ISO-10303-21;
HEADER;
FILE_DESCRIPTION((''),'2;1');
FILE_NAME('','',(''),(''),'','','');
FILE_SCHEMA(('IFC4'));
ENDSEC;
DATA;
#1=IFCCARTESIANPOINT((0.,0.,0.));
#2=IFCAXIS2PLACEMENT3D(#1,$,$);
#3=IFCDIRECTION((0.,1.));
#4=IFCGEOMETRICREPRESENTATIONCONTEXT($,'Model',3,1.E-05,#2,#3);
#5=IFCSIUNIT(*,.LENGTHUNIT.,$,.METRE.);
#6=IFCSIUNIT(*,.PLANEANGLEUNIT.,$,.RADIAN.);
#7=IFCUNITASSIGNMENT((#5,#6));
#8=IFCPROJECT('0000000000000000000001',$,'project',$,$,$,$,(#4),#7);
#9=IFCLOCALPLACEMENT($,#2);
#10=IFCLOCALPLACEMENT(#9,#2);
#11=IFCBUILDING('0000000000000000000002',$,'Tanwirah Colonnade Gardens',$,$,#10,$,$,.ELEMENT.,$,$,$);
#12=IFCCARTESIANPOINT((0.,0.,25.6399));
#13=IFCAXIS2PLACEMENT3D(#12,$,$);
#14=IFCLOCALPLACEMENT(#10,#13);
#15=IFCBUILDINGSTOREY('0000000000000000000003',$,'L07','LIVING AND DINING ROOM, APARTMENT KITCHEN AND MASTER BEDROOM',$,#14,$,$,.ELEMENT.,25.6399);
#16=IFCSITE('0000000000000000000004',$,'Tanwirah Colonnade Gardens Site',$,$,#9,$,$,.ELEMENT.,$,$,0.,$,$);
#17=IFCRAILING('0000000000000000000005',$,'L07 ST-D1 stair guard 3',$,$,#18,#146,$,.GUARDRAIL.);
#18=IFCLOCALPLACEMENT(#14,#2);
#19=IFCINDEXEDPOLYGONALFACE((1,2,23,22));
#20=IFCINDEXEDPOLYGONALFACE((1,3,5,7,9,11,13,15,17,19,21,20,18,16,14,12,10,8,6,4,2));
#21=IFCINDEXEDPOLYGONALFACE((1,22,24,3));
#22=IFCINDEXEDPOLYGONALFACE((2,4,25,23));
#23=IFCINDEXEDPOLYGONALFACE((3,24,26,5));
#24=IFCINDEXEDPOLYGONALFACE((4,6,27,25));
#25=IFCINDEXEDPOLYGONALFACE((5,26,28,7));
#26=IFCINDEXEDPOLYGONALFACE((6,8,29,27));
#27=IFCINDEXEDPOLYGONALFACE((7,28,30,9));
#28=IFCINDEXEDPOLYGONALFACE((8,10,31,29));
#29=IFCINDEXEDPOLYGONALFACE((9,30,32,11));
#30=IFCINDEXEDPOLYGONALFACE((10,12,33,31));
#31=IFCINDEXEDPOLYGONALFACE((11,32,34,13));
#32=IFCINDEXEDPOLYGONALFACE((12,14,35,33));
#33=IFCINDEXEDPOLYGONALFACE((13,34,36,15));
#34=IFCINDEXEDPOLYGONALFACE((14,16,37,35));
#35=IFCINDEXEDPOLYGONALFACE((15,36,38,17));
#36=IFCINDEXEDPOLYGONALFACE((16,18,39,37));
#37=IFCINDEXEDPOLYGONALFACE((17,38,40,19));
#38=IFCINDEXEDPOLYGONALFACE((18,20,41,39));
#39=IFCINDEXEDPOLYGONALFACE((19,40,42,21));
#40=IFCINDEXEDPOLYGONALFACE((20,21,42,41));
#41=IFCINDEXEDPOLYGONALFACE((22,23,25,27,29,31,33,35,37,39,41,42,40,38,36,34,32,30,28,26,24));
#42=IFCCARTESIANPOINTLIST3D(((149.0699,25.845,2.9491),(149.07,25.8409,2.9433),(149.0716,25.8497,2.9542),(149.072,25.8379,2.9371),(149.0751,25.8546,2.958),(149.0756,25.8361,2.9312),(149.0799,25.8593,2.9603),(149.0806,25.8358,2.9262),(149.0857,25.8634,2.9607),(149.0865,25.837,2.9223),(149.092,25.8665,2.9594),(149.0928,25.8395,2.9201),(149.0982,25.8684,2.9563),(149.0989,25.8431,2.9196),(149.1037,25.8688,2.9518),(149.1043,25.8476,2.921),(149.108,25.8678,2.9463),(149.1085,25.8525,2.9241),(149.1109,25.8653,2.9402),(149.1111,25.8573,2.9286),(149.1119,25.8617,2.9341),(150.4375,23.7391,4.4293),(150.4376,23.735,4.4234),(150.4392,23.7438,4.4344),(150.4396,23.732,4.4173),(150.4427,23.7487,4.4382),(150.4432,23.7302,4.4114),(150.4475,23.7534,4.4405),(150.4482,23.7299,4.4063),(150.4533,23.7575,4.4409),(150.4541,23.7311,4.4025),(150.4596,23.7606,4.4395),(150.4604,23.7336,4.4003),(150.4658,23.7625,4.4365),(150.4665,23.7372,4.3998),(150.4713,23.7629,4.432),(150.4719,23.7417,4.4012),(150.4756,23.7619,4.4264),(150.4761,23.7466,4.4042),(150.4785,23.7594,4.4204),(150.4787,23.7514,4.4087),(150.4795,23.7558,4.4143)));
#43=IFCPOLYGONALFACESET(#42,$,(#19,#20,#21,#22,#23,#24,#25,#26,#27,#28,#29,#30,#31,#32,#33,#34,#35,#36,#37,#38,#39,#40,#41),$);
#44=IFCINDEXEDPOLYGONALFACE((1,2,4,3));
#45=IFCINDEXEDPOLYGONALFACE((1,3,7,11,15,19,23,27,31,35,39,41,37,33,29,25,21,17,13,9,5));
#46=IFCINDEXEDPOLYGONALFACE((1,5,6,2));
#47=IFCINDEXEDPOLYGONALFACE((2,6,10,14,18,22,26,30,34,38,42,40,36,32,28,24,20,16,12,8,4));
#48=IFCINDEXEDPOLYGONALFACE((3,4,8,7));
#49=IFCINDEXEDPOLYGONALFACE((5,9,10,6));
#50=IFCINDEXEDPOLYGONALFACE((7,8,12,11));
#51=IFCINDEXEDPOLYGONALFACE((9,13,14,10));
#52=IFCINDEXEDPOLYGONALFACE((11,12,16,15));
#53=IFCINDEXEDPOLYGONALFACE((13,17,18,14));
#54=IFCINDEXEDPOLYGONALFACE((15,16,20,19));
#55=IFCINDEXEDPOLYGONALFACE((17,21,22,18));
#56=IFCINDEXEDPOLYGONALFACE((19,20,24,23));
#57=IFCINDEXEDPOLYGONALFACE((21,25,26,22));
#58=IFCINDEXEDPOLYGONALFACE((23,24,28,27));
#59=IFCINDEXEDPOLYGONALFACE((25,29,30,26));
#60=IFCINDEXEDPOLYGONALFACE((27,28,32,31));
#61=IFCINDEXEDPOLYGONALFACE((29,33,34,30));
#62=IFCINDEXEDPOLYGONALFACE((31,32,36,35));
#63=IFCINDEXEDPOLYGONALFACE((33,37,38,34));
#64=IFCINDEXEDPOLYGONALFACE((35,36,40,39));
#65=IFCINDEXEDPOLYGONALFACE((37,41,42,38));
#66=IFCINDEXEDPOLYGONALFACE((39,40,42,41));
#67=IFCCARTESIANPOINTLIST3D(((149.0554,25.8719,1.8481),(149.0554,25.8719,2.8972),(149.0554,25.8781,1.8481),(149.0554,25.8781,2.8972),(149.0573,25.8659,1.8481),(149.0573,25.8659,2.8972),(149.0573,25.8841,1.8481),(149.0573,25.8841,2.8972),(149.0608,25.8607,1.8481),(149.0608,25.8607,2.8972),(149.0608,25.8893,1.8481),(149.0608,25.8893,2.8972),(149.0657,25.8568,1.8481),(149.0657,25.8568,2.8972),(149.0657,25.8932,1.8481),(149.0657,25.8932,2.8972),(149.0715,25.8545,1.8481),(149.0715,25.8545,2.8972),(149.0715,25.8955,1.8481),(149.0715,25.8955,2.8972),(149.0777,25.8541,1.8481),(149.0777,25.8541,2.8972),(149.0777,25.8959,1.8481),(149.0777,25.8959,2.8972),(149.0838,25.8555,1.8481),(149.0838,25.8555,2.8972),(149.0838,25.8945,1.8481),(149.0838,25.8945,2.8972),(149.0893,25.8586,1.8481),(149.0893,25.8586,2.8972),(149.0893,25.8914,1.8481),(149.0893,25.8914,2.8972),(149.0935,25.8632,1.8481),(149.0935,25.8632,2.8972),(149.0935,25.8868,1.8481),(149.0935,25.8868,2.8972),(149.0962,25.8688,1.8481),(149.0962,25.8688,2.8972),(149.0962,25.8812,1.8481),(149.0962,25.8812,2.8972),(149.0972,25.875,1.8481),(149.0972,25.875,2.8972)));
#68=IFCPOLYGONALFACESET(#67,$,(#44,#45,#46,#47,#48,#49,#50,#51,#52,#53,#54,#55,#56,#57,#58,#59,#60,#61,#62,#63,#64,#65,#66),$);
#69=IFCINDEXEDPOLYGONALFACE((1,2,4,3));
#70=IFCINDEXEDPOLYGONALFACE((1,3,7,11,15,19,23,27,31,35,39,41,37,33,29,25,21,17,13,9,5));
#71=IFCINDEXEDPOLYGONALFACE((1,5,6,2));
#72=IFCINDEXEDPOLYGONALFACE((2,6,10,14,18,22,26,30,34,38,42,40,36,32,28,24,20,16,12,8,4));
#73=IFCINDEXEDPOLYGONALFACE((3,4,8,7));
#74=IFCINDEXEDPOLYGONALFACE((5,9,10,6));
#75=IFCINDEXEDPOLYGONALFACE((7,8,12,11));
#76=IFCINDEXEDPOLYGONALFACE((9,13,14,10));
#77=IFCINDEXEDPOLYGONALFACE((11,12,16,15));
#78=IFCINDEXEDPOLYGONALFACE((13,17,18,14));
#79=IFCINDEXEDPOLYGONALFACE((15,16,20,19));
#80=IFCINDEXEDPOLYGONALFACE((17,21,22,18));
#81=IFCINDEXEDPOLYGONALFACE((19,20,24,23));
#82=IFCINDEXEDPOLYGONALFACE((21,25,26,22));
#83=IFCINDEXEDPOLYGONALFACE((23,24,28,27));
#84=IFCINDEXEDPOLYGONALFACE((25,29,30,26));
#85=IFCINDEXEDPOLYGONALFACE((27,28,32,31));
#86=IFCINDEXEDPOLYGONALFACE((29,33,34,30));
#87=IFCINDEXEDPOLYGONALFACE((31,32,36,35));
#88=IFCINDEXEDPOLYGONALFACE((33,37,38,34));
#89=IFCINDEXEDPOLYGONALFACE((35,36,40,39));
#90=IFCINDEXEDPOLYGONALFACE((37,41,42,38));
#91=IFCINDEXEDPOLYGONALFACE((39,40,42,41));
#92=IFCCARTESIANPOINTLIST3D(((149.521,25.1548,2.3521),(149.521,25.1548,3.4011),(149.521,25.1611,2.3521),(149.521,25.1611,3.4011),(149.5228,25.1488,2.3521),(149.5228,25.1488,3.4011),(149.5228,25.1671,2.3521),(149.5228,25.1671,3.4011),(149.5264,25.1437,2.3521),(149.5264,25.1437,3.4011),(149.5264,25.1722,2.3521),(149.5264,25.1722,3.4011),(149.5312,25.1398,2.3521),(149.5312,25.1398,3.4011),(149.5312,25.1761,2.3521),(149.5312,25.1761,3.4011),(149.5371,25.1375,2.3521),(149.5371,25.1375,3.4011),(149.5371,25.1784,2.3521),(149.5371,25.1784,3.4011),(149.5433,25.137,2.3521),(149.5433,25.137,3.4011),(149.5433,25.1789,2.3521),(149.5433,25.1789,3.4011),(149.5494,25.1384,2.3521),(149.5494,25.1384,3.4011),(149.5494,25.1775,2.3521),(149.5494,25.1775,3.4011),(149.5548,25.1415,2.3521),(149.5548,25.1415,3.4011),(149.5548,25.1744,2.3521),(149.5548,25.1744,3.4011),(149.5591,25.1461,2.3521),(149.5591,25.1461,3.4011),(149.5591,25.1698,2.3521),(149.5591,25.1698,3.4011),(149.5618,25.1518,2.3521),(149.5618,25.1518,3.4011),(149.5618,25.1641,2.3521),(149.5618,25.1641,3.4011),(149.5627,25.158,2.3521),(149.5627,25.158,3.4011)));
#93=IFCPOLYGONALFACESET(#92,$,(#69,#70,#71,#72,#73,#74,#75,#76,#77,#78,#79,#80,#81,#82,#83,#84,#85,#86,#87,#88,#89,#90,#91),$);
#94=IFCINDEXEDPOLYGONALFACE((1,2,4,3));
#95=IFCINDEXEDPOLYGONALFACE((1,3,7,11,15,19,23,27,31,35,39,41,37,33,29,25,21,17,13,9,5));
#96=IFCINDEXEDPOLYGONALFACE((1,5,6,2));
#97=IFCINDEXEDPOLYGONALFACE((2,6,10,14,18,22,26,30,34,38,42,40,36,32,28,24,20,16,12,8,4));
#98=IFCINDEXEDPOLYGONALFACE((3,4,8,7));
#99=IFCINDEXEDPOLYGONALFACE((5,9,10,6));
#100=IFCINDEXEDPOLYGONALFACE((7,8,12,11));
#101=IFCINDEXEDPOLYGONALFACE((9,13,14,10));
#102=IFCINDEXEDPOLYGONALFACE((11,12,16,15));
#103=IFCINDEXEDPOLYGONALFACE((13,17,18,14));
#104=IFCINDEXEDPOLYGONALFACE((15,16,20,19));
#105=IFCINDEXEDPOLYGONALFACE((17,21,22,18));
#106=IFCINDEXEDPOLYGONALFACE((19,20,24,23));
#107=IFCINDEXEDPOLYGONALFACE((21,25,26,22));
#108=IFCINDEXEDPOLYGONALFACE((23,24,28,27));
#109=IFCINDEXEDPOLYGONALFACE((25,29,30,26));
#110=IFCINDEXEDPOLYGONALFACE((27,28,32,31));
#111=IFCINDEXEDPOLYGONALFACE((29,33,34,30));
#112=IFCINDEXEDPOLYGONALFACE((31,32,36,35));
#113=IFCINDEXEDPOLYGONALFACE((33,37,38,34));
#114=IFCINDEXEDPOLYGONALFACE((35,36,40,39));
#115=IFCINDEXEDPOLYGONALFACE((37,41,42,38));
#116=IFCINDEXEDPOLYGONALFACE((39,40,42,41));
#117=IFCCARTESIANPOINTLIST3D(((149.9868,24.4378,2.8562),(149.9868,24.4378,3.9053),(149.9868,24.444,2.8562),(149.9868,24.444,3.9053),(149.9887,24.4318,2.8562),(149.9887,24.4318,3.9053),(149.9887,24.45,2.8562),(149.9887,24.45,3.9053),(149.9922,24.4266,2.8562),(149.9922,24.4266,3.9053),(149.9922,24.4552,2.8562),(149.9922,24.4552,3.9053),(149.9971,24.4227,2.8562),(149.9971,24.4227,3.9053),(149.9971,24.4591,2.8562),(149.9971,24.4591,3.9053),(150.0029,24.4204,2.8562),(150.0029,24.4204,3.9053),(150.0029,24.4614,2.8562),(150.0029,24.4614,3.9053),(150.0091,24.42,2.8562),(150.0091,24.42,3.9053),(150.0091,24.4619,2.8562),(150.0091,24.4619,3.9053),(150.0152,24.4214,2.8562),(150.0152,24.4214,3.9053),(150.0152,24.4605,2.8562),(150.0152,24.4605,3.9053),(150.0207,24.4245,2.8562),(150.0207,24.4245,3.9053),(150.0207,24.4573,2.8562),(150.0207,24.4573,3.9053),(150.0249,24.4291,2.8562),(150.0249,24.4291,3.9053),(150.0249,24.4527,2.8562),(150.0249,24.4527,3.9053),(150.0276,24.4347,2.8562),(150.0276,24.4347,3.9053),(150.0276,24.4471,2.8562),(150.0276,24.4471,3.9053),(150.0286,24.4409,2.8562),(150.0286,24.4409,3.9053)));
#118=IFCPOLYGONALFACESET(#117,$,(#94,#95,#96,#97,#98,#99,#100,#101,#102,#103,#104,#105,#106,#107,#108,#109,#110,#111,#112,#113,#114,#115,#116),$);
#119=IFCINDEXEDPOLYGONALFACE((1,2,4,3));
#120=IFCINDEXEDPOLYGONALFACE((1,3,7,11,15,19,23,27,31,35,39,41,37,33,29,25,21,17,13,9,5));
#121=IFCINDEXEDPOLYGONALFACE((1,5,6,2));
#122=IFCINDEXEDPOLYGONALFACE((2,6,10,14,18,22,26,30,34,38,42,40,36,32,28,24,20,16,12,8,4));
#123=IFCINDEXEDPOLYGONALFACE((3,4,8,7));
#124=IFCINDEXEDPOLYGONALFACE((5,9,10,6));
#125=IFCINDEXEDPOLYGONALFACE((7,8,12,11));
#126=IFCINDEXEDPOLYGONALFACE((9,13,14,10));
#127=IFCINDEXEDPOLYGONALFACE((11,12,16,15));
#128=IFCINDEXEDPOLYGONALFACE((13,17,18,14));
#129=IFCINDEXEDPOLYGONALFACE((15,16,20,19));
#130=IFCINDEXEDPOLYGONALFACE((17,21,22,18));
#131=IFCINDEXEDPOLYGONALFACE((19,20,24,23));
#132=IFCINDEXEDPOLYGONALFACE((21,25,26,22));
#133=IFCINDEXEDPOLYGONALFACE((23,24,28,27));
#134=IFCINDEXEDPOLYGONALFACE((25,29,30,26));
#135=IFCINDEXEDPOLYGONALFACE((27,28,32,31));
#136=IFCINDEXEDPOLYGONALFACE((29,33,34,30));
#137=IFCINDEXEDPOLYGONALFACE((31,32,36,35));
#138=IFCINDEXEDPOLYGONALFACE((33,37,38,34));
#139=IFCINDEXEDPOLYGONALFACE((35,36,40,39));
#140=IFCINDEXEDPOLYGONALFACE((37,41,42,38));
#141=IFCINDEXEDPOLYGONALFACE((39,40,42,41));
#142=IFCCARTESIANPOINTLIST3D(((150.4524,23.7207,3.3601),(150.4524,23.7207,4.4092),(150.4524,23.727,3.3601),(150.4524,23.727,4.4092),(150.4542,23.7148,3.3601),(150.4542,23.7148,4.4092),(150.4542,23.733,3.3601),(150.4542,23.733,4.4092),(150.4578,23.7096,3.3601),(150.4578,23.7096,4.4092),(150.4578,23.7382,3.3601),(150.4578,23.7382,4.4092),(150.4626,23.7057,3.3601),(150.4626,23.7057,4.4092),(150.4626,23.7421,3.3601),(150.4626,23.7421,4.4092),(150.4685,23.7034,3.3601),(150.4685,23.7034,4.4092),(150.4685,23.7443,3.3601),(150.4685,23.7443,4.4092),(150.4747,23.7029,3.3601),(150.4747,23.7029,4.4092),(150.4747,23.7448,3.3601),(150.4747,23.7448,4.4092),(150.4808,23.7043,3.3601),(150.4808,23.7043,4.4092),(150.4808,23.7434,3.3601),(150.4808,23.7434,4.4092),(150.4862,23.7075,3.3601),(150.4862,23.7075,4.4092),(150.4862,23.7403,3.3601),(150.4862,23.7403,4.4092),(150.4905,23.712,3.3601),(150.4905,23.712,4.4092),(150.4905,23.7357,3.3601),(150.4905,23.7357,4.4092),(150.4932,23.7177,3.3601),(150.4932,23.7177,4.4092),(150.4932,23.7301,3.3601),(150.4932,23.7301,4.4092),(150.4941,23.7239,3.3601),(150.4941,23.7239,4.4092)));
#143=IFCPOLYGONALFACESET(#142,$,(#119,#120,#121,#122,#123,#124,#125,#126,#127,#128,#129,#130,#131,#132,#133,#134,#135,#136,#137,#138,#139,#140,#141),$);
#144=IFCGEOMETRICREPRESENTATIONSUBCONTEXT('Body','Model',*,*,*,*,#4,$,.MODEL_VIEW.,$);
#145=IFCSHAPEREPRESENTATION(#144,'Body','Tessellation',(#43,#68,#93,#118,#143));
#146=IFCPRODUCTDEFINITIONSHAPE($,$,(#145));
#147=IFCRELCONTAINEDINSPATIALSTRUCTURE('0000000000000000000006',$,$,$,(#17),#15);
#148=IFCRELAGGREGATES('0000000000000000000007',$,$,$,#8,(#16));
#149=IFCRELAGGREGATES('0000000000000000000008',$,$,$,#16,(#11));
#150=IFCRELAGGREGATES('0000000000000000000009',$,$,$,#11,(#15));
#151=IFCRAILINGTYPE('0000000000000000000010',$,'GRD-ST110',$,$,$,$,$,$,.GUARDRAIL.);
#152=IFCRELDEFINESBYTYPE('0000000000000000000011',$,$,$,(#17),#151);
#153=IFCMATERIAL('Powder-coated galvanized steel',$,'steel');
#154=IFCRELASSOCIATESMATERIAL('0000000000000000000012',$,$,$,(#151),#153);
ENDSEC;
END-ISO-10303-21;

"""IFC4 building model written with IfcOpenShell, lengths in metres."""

from ifc_helpers import new_model, si_unit, direction, frame, origin, origin_2d, place, context, subcontext, project, spatial, circle, extrude, material, type_object, element, save


model = new_model("IFC4")

# Units and contexts
model_context = context("Model", 3, precision=1e-05, world=origin(), true_north=direction((0.0, 1.0)))
body_context = subcontext(model_context, "Body", "Model", "MODEL_VIEW")
ifc_project = project(units=[si_unit("LENGTHUNIT", "METRE"), si_unit("PLANEANGLEUNIT", "RADIAN")], contexts=[model_context])

# Site, building, storey
site_placement = place(None, origin())
site = spatial("IfcSite", under=ifc_project, at=site_placement, Name="Tanwirah Colonnade Gardens Site", CompositionType="ELEMENT", RefElevation=0.0)
building_placement = place(site_placement, origin())
building = spatial("IfcBuilding", under=site, at=building_placement, Name="Tanwirah Colonnade Gardens", CompositionType="ELEMENT")
storey_placement = place(building_placement, frame((0.0, 0.0, 25.6399)))
storey = spatial("IfcBuildingStorey", under=building, at=storey_placement, Name="L07", Description="LIVING AND DINING ROOM, APARTMENT KITCHEN AND MASTER BEDROOM", CompositionType="ELEMENT", Elevation=25.6399)

# Railing
ifc_material_1 = material(Name="Powder-coated galvanized steel", Category="steel")
railing_type_1 = type_object("IfcRailingType", Name="GRD-ST110", PredefinedType="GUARDRAIL", material=ifc_material_1)
railing_1_placement = place(storey_placement, frame((149.0762, 25.875, 1.8481)))
element("IfcRailing", 1, at=railing_1_placement, inside=storey, type_object=railing_type_1, Name="L07 ST-D1 stair guard 3", PredefinedType="GUARDRAIL", context=body_context, shape_type="SweptSolid", body=[
    extrude(circle(Radius=0.0239, at=origin_2d()), frame((0.0146, -0.0227, 1.092), z_axis=(0.469193, -0.722484, 0.507814), x_axis=(0.838668, 0.544644, 0.0)), (0.0, 0.0, 1.0), 2.9148),
    extrude(circle(Radius=0.021, at=origin_2d()), origin(), (0.0, 0.0, 1.0), 1.0491),
    extrude(circle(Radius=0.021, at=origin_2d()), frame((0.4656, -0.717, 0.5039)), (0.0, 0.0, 1.0), 1.0491),
    extrude(circle(Radius=0.021, at=origin_2d()), frame((0.9314, -1.4341, 1.0081)), (0.0, 0.0, 1.0), 1.0491),
    extrude(circle(Radius=0.021, at=origin_2d()), frame((1.397, -2.1511, 1.512)), (0.0, 0.0, 1.0), 1.0491),
])

save(model, "model.ifc")
